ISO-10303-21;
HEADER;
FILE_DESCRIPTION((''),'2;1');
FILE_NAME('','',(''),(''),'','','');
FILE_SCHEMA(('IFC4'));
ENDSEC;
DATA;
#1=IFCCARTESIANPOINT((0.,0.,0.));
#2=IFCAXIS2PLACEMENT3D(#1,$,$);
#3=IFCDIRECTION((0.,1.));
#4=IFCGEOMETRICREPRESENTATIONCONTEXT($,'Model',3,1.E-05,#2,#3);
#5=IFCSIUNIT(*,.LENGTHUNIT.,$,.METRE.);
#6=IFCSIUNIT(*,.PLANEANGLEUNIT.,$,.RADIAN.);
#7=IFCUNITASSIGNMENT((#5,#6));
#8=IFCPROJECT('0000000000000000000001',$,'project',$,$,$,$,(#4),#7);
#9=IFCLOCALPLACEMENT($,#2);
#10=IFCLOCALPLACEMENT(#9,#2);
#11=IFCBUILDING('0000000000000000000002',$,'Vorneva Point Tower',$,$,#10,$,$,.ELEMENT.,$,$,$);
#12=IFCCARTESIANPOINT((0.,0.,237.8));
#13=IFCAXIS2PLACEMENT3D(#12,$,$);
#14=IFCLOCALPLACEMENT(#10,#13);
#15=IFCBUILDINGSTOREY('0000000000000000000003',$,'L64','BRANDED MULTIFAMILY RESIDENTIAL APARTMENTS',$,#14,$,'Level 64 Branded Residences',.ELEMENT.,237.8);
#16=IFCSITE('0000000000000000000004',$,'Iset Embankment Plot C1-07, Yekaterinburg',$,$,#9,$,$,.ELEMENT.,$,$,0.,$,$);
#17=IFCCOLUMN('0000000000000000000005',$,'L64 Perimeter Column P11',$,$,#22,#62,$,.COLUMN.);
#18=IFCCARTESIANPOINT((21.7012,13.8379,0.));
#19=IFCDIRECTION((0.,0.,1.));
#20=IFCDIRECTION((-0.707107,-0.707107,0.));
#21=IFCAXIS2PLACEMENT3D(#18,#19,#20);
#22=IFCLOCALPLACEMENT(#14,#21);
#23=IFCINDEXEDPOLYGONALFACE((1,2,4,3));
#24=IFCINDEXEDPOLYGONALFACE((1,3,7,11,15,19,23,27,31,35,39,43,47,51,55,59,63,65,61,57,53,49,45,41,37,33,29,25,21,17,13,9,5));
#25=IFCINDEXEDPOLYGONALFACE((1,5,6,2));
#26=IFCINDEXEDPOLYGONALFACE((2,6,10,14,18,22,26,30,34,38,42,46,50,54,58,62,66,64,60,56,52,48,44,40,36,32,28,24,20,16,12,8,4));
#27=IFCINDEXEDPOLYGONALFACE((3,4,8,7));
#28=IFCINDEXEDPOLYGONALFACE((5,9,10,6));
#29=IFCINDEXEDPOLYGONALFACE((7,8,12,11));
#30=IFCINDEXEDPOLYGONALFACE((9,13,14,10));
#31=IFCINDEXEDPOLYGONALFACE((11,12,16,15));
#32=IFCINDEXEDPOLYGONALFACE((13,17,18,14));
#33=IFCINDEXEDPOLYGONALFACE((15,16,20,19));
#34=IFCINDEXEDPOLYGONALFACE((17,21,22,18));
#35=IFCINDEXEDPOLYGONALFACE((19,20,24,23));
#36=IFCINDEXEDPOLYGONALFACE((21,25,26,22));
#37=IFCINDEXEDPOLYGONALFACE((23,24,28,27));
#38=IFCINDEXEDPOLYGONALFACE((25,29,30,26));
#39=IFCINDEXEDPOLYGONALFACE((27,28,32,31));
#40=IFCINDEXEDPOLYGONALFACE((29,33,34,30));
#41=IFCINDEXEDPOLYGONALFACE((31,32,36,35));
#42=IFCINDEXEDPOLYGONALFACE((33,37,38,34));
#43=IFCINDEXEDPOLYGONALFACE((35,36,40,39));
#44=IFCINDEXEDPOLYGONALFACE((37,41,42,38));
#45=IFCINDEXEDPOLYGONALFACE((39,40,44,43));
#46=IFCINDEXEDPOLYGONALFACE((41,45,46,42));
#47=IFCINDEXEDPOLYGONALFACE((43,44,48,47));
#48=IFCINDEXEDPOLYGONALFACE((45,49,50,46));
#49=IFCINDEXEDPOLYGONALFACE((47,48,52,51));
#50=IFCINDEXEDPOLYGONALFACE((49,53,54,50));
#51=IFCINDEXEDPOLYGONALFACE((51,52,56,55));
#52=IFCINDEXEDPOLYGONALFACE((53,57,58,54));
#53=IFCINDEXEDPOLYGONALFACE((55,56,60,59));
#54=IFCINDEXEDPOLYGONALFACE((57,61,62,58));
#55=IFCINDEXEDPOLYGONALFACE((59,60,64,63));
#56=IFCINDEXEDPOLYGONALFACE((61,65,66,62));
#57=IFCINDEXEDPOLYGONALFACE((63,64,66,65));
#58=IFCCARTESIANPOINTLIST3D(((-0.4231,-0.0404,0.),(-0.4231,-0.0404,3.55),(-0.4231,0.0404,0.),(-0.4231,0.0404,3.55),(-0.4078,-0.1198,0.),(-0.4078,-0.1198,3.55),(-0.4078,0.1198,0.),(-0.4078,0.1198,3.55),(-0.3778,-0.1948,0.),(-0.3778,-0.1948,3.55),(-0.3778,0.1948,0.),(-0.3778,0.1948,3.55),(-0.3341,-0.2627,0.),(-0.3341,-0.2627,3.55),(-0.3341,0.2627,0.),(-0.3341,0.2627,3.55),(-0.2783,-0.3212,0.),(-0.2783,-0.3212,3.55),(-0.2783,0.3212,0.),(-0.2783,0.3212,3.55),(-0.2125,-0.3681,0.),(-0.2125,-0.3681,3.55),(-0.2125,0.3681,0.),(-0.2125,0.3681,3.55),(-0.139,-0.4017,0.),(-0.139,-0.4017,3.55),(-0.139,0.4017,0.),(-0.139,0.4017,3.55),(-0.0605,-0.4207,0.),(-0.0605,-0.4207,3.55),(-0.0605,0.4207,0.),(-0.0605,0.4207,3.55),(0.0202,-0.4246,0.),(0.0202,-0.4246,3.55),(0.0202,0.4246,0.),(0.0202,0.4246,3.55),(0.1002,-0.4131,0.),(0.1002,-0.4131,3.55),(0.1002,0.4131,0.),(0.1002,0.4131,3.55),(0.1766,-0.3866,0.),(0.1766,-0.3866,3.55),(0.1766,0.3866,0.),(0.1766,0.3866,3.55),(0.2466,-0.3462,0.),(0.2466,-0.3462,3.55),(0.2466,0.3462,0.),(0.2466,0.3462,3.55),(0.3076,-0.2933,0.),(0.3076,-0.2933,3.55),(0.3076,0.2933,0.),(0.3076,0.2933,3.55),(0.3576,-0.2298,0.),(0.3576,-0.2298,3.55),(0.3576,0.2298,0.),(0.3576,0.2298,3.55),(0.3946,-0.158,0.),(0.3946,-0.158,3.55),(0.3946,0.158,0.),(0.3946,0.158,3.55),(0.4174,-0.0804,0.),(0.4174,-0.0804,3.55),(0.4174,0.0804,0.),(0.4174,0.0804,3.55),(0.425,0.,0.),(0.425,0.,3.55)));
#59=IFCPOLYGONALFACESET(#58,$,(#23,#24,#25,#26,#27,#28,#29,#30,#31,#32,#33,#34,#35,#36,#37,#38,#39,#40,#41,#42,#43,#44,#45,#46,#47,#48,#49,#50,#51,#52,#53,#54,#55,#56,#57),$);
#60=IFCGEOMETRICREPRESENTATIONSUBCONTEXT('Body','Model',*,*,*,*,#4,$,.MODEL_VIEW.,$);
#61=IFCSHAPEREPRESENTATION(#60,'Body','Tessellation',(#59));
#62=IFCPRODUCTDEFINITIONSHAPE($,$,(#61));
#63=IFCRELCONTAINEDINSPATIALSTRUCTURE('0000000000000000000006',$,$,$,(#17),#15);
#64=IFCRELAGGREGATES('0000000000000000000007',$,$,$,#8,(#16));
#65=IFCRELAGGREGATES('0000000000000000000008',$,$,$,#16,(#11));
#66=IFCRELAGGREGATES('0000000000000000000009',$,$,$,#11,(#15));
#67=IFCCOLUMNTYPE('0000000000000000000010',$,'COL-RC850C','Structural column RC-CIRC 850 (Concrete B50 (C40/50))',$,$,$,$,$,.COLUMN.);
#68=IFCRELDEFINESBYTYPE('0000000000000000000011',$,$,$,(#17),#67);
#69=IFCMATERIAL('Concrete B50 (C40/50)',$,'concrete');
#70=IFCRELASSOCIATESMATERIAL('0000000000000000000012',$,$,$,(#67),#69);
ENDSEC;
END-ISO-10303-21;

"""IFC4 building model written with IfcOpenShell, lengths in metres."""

from ifc_helpers import new_model, si_unit, direction, frame, origin, origin_2d, place, context, subcontext, project, spatial, circle, extrude, material, material_profile, profile_set, type_object, element, save


model = new_model("IFC4")

# Units and contexts
model_context = context("Model", 3, precision=1e-05, world=origin(), true_north=direction((0.0, 1.0)))
body_context = subcontext(model_context, "Body", "Model", "MODEL_VIEW")
ifc_project = project(units=[si_unit("LENGTHUNIT", "METRE"), si_unit("PLANEANGLEUNIT", "RADIAN")], contexts=[model_context])

# Site, building, storey
site_placement = place(None, origin())
site = spatial("IfcSite", under=ifc_project, at=site_placement, Name="Iset Embankment Plot C1-07, Yekaterinburg", CompositionType="ELEMENT", RefElevation=0.0)
building_placement = place(site_placement, origin())
building = spatial("IfcBuilding", under=site, at=building_placement, Name="Vorneva Point Tower", CompositionType="ELEMENT")
storey_placement = place(building_placement, frame((0.0, 0.0, 237.8)))
storey = spatial("IfcBuildingStorey", under=building, at=storey_placement, Name="L64", Description="BRANDED MULTIFAMILY RESIDENTIAL APARTMENTS", LongName="Level 64 Branded Residences", CompositionType="ELEMENT", Elevation=237.8)

# Column
ifc_material_1 = material(Name="Concrete B50 (C40/50)", Category="concrete")
ifc_material_profile_1 = material_profile(ifc_material_1, circle(Radius=0.425, at=origin_2d()), Name="RC-CIRC 850")
ifc_profile_set_1 = profile_set([ifc_material_profile_1], Name="Concrete B50 (C40/50)")
column_type = type_object("IfcColumnType", Name="COL-RC850C", Description="Structural column RC-CIRC 850 (Concrete B50 (C40/50))", PredefinedType="COLUMN", material=ifc_profile_set_1)
column_placement = place(storey_placement, frame((21.7012, 13.8379, 0.0), z_axis=(0.0, 0.0, 1.0), x_axis=(-0.707107, -0.707107, 0.0)))
element("IfcColumn", 1, at=column_placement, inside=storey, type_object=column_type, Name="L64 Perimeter Column P11", PredefinedType="COLUMN", context=body_context, shape_type="SweptSolid", body=[
    extrude(circle(Radius=0.425, at=origin_2d()), origin(), (0.0, 0.0, 1.0), 3.55),
])

save(model, "model.ifc")
